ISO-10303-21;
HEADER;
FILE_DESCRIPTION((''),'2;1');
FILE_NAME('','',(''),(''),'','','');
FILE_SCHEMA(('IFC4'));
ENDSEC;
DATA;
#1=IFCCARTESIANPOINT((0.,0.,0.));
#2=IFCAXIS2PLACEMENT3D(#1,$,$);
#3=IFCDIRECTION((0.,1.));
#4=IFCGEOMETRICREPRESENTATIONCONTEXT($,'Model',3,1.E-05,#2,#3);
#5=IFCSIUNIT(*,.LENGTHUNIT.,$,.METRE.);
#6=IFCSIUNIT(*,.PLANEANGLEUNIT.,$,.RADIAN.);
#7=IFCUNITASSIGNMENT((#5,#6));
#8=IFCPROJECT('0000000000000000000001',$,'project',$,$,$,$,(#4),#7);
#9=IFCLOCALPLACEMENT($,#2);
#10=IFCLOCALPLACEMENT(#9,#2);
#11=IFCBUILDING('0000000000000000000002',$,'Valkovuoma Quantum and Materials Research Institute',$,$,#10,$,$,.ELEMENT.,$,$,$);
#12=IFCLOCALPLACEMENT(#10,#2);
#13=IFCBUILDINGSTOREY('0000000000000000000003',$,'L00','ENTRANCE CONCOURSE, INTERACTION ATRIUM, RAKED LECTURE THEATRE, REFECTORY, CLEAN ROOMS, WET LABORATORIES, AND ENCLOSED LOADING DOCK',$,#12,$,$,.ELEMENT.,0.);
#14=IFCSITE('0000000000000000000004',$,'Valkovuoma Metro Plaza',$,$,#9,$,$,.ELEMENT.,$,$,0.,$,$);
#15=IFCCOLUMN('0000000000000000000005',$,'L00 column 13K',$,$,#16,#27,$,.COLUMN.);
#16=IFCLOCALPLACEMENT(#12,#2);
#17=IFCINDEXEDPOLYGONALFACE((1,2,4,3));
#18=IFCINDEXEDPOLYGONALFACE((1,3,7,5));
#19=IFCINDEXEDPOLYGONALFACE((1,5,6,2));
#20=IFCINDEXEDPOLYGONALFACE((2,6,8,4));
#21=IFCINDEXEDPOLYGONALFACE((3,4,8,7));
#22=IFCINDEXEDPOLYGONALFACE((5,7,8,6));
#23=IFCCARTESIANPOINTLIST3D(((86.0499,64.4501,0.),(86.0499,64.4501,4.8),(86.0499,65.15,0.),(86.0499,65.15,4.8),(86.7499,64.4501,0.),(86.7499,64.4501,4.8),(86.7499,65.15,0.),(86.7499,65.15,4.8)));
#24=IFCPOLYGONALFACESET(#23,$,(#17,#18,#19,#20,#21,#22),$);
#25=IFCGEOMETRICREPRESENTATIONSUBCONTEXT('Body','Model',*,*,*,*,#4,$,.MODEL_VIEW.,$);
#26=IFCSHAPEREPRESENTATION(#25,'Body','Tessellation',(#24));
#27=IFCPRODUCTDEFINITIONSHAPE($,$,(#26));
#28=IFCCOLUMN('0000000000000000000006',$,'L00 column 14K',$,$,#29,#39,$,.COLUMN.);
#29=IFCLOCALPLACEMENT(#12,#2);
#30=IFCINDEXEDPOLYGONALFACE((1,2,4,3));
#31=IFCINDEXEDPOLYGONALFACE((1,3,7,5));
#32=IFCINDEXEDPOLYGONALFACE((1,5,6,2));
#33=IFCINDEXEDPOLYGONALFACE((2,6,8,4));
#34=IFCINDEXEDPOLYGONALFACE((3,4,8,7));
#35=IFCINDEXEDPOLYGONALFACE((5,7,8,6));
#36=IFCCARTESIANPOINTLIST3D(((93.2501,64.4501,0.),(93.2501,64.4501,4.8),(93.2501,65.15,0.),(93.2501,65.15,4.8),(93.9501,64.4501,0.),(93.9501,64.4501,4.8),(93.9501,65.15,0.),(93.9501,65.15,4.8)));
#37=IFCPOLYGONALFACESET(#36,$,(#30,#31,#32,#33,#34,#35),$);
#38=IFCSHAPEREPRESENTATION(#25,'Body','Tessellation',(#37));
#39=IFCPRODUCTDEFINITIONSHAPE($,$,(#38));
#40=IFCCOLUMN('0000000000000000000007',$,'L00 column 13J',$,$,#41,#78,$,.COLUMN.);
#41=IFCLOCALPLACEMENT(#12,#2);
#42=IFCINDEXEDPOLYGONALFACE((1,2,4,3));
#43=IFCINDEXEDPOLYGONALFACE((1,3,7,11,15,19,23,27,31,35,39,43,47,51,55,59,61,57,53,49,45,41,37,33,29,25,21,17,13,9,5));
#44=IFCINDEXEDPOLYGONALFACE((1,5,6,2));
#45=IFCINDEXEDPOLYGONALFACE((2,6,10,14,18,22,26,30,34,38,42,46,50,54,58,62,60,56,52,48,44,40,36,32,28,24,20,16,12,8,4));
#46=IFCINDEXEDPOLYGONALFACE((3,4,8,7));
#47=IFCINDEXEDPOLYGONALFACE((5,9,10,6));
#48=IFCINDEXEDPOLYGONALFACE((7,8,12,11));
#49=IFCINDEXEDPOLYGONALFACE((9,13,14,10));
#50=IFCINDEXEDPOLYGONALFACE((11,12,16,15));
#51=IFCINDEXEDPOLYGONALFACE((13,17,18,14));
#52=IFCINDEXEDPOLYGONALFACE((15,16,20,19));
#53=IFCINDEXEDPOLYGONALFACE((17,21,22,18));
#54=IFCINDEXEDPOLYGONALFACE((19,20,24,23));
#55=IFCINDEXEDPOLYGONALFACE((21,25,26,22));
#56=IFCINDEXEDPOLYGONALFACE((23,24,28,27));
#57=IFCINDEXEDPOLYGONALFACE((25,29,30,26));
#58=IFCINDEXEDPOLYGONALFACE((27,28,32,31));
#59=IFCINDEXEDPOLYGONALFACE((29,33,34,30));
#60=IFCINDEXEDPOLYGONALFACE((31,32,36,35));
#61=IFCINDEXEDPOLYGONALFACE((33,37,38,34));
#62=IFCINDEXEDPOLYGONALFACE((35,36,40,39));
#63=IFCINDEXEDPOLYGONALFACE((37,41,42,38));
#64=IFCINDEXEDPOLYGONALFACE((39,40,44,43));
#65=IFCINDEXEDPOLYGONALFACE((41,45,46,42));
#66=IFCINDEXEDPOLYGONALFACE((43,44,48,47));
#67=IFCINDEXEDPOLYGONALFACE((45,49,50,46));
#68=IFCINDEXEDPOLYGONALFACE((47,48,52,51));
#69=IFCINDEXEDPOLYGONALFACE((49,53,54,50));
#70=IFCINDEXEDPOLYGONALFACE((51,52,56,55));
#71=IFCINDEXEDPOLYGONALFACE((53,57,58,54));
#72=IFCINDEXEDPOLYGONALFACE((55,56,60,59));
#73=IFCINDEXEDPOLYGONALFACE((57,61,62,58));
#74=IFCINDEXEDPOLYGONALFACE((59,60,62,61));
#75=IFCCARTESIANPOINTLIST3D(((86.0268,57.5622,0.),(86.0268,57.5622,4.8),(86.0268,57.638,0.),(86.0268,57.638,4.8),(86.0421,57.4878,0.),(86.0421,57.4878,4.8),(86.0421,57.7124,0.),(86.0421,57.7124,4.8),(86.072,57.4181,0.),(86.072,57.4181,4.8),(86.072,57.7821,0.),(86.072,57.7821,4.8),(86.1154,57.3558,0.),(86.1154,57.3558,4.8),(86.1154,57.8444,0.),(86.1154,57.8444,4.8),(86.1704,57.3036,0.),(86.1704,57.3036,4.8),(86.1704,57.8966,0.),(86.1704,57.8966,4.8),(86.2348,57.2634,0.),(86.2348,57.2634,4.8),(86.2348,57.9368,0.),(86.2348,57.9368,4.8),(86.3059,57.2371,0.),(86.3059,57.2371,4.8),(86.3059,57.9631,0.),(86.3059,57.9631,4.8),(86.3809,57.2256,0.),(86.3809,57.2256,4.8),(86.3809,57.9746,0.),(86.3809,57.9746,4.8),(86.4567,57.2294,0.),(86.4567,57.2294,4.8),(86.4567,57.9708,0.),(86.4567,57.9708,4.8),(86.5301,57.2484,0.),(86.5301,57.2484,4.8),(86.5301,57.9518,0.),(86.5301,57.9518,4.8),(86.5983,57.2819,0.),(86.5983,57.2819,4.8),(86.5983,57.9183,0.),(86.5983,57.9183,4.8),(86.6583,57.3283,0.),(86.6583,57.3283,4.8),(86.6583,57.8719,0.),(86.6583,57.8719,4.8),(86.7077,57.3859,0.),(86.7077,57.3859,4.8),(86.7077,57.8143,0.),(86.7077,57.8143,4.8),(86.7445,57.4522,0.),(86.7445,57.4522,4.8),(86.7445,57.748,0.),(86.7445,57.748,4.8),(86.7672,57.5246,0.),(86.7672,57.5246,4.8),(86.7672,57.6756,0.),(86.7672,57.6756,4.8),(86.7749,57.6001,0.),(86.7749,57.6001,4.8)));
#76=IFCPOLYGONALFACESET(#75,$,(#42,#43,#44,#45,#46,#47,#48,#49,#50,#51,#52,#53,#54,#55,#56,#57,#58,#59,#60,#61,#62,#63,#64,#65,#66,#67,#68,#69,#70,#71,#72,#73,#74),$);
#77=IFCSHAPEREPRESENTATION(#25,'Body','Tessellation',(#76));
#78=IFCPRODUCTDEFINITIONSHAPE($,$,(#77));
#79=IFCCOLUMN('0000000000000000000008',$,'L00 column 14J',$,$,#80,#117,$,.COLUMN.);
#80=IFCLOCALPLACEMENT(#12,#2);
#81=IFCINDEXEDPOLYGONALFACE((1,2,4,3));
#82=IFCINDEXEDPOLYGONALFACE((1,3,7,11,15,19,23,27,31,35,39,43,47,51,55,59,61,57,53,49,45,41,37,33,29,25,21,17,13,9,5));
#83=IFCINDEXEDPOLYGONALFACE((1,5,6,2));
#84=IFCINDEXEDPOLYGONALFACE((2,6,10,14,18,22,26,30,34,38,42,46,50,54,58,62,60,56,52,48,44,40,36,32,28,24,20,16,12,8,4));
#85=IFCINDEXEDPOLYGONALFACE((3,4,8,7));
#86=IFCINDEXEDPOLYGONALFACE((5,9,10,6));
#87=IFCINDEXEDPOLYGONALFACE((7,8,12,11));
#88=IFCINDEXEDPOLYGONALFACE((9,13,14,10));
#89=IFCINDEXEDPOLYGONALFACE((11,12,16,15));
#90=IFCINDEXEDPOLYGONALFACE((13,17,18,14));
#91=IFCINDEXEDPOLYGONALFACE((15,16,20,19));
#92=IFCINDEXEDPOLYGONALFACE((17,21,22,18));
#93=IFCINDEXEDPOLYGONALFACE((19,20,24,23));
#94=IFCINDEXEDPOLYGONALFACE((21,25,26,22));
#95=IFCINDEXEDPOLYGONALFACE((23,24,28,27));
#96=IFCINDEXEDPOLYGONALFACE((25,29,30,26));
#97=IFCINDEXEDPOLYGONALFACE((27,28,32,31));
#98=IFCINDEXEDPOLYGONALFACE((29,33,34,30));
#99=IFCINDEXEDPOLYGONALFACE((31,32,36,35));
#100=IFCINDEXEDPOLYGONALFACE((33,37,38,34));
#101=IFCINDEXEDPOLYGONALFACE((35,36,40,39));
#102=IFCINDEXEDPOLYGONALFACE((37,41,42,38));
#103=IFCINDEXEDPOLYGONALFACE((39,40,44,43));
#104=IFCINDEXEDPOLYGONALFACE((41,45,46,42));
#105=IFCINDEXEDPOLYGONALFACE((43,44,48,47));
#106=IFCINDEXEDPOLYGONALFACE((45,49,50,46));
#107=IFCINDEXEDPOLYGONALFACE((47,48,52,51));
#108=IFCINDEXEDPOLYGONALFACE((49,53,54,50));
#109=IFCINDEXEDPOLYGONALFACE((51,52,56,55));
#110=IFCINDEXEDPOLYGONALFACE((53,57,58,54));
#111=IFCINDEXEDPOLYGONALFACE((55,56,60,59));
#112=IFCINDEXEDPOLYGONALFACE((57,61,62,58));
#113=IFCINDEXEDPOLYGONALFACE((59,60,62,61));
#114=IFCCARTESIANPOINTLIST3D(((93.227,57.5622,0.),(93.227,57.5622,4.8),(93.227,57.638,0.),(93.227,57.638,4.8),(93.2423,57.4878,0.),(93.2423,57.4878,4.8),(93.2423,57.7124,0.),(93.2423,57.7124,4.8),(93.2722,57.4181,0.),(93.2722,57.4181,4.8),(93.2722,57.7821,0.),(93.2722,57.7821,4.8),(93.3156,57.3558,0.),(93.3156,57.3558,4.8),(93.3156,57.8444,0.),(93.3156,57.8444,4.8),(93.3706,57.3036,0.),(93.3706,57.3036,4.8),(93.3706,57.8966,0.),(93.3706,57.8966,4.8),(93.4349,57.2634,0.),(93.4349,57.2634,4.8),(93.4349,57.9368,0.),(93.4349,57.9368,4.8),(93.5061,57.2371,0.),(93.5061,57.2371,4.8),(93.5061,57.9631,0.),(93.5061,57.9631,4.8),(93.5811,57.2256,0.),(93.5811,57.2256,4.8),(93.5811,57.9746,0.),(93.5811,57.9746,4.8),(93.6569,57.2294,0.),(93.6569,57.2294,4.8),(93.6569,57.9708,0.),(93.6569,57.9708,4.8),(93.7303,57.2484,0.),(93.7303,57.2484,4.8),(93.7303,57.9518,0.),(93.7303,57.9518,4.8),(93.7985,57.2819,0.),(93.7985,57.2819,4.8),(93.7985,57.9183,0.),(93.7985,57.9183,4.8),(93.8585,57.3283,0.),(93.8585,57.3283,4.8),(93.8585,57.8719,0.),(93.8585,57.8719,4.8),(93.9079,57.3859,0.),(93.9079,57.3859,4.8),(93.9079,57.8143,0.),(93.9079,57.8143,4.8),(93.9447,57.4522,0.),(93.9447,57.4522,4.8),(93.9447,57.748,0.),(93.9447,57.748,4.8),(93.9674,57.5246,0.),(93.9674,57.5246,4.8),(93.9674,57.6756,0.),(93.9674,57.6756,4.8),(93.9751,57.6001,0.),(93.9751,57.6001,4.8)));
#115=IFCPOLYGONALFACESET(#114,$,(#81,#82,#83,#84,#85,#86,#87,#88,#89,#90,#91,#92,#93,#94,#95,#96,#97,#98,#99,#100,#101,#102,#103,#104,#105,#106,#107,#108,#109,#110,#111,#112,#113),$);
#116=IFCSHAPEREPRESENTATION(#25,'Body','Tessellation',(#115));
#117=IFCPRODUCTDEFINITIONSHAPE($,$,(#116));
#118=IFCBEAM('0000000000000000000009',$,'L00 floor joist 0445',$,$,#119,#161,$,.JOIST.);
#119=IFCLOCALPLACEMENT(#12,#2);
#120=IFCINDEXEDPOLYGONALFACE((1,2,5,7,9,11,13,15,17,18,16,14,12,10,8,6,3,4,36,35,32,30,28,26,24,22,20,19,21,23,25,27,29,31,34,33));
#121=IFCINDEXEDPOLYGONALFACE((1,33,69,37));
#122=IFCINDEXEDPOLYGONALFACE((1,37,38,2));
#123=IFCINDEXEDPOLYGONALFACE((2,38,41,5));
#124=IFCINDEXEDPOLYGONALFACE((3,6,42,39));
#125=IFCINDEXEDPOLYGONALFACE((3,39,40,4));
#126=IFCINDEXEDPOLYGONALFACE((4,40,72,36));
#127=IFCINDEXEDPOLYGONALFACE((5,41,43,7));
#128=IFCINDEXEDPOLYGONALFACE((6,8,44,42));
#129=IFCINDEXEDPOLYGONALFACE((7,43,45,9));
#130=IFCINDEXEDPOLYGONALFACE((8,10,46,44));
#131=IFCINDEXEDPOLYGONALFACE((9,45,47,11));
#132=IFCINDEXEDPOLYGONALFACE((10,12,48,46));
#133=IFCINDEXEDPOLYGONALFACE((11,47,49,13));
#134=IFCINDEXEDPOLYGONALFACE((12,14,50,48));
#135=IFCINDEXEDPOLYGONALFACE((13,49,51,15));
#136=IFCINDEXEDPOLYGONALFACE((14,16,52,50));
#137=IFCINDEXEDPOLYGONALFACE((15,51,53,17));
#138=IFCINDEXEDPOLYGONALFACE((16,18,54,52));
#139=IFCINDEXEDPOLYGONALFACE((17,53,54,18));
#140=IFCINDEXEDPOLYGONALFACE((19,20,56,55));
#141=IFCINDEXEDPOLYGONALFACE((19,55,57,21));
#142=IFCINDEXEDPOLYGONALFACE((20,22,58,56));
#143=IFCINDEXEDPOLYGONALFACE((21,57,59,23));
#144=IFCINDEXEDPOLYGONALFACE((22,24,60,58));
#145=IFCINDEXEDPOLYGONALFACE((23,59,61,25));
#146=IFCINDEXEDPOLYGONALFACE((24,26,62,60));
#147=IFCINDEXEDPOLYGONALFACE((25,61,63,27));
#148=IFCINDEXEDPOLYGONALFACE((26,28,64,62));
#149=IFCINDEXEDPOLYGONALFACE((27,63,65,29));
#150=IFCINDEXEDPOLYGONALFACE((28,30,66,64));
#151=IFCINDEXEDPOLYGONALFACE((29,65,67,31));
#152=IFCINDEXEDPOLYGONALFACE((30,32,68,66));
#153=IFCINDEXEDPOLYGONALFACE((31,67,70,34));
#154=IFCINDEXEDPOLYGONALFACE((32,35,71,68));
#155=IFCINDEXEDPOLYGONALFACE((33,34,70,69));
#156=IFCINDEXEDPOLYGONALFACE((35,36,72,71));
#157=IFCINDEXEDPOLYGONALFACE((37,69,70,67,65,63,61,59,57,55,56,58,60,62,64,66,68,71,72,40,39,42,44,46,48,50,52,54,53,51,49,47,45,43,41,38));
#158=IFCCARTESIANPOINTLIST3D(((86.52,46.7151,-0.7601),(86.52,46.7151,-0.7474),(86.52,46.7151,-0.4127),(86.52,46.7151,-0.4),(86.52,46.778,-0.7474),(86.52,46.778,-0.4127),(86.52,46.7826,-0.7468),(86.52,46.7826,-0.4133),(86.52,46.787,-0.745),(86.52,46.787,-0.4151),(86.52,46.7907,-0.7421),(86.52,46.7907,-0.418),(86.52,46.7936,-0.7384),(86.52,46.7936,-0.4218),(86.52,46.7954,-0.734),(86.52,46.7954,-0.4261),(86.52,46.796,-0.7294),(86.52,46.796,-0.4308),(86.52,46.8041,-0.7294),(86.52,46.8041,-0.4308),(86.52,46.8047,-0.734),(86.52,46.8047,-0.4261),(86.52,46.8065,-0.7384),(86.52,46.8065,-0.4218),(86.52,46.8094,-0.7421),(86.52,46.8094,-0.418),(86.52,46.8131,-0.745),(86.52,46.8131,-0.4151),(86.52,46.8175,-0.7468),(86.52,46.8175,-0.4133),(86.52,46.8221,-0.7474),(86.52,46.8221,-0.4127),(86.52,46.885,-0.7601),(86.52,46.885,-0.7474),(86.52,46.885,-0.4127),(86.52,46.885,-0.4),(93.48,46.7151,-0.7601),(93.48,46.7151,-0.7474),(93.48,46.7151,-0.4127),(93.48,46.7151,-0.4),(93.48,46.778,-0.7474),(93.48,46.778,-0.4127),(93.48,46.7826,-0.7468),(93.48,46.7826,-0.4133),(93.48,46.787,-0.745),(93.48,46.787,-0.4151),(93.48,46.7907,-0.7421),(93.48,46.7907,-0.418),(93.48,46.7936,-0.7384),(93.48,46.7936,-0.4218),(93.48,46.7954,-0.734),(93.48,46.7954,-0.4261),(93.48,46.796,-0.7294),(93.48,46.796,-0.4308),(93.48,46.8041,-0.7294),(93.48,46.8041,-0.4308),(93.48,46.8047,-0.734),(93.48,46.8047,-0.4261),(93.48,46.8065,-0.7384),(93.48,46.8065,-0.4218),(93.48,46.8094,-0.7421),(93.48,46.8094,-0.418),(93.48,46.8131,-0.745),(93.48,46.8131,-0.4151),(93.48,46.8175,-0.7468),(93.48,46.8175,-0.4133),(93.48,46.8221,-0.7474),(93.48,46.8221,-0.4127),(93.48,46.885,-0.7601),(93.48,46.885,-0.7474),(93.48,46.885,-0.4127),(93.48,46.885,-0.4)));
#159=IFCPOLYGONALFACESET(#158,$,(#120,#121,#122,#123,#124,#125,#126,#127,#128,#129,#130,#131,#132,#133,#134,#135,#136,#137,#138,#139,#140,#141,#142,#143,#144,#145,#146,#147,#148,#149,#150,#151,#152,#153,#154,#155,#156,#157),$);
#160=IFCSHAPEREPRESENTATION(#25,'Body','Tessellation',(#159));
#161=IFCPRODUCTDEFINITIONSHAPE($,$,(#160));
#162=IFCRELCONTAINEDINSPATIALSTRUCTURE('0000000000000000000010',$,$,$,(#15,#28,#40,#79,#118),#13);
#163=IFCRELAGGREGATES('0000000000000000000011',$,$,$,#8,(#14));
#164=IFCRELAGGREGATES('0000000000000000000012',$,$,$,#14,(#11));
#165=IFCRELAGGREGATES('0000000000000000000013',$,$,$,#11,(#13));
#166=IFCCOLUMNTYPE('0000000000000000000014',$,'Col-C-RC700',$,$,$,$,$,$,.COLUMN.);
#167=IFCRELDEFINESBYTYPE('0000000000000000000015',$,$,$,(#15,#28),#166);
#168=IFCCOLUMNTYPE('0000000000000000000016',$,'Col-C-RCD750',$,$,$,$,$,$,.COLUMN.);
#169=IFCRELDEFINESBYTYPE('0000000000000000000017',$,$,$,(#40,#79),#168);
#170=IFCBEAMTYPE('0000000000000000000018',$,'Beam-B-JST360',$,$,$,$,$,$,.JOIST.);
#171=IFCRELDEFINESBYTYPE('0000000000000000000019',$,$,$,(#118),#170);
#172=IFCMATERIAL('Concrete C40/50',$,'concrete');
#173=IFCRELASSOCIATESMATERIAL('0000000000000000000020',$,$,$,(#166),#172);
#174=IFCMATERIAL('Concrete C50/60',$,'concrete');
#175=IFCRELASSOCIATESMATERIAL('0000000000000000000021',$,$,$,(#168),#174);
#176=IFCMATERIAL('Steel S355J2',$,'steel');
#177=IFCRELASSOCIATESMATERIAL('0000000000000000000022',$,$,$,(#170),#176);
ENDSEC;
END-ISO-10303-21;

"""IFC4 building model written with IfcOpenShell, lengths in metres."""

from ifc_helpers import new_model, si_unit, direction, frame, origin, origin_2d, place, context, subcontext, project, spatial, rectangle, circle, i_section, extrude, material, material_profile, profile_set, type_object, element, save


model = new_model("IFC4")

# Units and contexts
model_context = context("Model", 3, precision=1e-05, world=origin(), true_north=direction((0.0, 1.0)))
body_context = subcontext(model_context, "Body", "Model", "MODEL_VIEW")
ifc_project = project(units=[si_unit("LENGTHUNIT", "METRE"), si_unit("PLANEANGLEUNIT", "RADIAN")], contexts=[model_context])

# Site, building, storey
site_placement = place(None, origin())
site = spatial("IfcSite", under=ifc_project, at=site_placement, Name="Valkovuoma Metro Plaza", CompositionType="ELEMENT", RefElevation=0.0)
building_placement = place(site_placement, origin())
building = spatial("IfcBuilding", under=site, at=building_placement, Name="Valkovuoma Quantum and Materials Research Institute", CompositionType="ELEMENT")
storey_placement = place(building_placement, origin())
storey = spatial("IfcBuildingStorey", under=building, at=storey_placement, Name="L00", Description="ENTRANCE CONCOURSE, INTERACTION ATRIUM, RAKED LECTURE THEATRE, REFECTORY, CLEAN ROOMS, WET LABORATORIES, AND ENCLOSED LOADING DOCK", CompositionType="ELEMENT", Elevation=0.0)

# Columns
ifc_material_1 = material(Name="Concrete C40/50", Category="concrete")
ifc_material_profile_1 = material_profile(ifc_material_1, rectangle(XDim=0.7, YDim=0.7, at=origin_2d()), Name="Concrete C40/50")
ifc_profile_set_1 = profile_set([ifc_material_profile_1], Name="Concrete C40/50")
column_type_1 = type_object("IfcColumnType", Name="Col-C-RC700", PredefinedType="COLUMN", material=ifc_profile_set_1)
for number, where, z_axis, x_axis, name in (
    (1, (86.3999, 64.8, 0.0), (0.0, 0.0, 1.0), (1.0, 0.0, 0.0), "L00 column 13K"),
    (2, (93.6001, 64.8, 0.0), (0.0, 0.0, 1.0), (1.0, 0.0, 0.0), "L00 column 14K"),
):
    element("IfcColumn", number, at=place(storey_placement, frame(where, z_axis=z_axis, x_axis=x_axis)), inside=storey, type_object=column_type_1, Name=name, PredefinedType="COLUMN", context=body_context, shape_type="SweptSolid", body=[
        extrude(rectangle(XDim=0.7, YDim=0.7, at=origin_2d()), origin(), (0.0, 0.0, 1.0), 4.8),
    ])
ifc_material_2 = material(Name="Concrete C50/60", Category="concrete")
ifc_material_profile_2 = material_profile(ifc_material_2, circle(Radius=0.375, at=origin_2d()), Name="Concrete C50/60")
ifc_profile_set_2 = profile_set([ifc_material_profile_2], Name="Concrete C50/60")
column_type_2 = type_object("IfcColumnType", Name="Col-C-RCD750", PredefinedType="COLUMN", material=ifc_profile_set_2)
for number, where, z_axis, x_axis, name in (
    (3, (86.3999, 57.6001, 0.0), (0.0, 0.0, 1.0), (1.0, 0.0, 0.0), "L00 column 13J"),
    (4, (93.6001, 57.6001, 0.0), (0.0, 0.0, 1.0), (1.0, 0.0, 0.0), "L00 column 14J"),
):
    element("IfcColumn", number, at=place(storey_placement, frame(where, z_axis=z_axis, x_axis=x_axis)), inside=storey, type_object=column_type_2, Name=name, PredefinedType="COLUMN", context=body_context, shape_type="SweptSolid", body=[
        extrude(circle(Radius=0.375, at=origin_2d()), origin(), (0.0, 0.0, 1.0), 4.8),
    ])

# Beam
ifc_material_3 = material(Name="Steel S355J2", Category="steel")
ifc_material_profile_3 = material_profile(ifc_material_3, i_section(OverallWidth=0.1699, OverallDepth=0.3601, WebThickness=0.0081, FlangeThickness=0.0127, FilletRadius=0.0181, at=origin_2d()), Name="Steel S355J2")
ifc_profile_set_3 = profile_set([ifc_material_profile_3], Name="Steel S355J2")
beam_type_1 = type_object("IfcBeamType", Name="Beam-B-JST360", PredefinedType="JOIST", material=ifc_profile_set_3)
for number, where, z_axis, x_axis, name in (
    (5, (86.52, 46.8, -0.5801), (1.0, 0.0, 0.0), (0.0, 1.0, 0.0), "L00 floor joist 0445"),
):
    element("IfcBeam", number, at=place(storey_placement, frame(where, z_axis=z_axis, x_axis=x_axis)), inside=storey, type_object=beam_type_1, Name=name, PredefinedType="JOIST", context=body_context, shape_type="SweptSolid", body=[
        extrude(i_section(OverallWidth=0.1699, OverallDepth=0.3601, WebThickness=0.0081, FlangeThickness=0.0127, FilletRadius=0.0181, at=origin_2d()), origin(), (0.0, 0.0, 1.0), 6.96),
    ])

save(model, "model.ifc")
